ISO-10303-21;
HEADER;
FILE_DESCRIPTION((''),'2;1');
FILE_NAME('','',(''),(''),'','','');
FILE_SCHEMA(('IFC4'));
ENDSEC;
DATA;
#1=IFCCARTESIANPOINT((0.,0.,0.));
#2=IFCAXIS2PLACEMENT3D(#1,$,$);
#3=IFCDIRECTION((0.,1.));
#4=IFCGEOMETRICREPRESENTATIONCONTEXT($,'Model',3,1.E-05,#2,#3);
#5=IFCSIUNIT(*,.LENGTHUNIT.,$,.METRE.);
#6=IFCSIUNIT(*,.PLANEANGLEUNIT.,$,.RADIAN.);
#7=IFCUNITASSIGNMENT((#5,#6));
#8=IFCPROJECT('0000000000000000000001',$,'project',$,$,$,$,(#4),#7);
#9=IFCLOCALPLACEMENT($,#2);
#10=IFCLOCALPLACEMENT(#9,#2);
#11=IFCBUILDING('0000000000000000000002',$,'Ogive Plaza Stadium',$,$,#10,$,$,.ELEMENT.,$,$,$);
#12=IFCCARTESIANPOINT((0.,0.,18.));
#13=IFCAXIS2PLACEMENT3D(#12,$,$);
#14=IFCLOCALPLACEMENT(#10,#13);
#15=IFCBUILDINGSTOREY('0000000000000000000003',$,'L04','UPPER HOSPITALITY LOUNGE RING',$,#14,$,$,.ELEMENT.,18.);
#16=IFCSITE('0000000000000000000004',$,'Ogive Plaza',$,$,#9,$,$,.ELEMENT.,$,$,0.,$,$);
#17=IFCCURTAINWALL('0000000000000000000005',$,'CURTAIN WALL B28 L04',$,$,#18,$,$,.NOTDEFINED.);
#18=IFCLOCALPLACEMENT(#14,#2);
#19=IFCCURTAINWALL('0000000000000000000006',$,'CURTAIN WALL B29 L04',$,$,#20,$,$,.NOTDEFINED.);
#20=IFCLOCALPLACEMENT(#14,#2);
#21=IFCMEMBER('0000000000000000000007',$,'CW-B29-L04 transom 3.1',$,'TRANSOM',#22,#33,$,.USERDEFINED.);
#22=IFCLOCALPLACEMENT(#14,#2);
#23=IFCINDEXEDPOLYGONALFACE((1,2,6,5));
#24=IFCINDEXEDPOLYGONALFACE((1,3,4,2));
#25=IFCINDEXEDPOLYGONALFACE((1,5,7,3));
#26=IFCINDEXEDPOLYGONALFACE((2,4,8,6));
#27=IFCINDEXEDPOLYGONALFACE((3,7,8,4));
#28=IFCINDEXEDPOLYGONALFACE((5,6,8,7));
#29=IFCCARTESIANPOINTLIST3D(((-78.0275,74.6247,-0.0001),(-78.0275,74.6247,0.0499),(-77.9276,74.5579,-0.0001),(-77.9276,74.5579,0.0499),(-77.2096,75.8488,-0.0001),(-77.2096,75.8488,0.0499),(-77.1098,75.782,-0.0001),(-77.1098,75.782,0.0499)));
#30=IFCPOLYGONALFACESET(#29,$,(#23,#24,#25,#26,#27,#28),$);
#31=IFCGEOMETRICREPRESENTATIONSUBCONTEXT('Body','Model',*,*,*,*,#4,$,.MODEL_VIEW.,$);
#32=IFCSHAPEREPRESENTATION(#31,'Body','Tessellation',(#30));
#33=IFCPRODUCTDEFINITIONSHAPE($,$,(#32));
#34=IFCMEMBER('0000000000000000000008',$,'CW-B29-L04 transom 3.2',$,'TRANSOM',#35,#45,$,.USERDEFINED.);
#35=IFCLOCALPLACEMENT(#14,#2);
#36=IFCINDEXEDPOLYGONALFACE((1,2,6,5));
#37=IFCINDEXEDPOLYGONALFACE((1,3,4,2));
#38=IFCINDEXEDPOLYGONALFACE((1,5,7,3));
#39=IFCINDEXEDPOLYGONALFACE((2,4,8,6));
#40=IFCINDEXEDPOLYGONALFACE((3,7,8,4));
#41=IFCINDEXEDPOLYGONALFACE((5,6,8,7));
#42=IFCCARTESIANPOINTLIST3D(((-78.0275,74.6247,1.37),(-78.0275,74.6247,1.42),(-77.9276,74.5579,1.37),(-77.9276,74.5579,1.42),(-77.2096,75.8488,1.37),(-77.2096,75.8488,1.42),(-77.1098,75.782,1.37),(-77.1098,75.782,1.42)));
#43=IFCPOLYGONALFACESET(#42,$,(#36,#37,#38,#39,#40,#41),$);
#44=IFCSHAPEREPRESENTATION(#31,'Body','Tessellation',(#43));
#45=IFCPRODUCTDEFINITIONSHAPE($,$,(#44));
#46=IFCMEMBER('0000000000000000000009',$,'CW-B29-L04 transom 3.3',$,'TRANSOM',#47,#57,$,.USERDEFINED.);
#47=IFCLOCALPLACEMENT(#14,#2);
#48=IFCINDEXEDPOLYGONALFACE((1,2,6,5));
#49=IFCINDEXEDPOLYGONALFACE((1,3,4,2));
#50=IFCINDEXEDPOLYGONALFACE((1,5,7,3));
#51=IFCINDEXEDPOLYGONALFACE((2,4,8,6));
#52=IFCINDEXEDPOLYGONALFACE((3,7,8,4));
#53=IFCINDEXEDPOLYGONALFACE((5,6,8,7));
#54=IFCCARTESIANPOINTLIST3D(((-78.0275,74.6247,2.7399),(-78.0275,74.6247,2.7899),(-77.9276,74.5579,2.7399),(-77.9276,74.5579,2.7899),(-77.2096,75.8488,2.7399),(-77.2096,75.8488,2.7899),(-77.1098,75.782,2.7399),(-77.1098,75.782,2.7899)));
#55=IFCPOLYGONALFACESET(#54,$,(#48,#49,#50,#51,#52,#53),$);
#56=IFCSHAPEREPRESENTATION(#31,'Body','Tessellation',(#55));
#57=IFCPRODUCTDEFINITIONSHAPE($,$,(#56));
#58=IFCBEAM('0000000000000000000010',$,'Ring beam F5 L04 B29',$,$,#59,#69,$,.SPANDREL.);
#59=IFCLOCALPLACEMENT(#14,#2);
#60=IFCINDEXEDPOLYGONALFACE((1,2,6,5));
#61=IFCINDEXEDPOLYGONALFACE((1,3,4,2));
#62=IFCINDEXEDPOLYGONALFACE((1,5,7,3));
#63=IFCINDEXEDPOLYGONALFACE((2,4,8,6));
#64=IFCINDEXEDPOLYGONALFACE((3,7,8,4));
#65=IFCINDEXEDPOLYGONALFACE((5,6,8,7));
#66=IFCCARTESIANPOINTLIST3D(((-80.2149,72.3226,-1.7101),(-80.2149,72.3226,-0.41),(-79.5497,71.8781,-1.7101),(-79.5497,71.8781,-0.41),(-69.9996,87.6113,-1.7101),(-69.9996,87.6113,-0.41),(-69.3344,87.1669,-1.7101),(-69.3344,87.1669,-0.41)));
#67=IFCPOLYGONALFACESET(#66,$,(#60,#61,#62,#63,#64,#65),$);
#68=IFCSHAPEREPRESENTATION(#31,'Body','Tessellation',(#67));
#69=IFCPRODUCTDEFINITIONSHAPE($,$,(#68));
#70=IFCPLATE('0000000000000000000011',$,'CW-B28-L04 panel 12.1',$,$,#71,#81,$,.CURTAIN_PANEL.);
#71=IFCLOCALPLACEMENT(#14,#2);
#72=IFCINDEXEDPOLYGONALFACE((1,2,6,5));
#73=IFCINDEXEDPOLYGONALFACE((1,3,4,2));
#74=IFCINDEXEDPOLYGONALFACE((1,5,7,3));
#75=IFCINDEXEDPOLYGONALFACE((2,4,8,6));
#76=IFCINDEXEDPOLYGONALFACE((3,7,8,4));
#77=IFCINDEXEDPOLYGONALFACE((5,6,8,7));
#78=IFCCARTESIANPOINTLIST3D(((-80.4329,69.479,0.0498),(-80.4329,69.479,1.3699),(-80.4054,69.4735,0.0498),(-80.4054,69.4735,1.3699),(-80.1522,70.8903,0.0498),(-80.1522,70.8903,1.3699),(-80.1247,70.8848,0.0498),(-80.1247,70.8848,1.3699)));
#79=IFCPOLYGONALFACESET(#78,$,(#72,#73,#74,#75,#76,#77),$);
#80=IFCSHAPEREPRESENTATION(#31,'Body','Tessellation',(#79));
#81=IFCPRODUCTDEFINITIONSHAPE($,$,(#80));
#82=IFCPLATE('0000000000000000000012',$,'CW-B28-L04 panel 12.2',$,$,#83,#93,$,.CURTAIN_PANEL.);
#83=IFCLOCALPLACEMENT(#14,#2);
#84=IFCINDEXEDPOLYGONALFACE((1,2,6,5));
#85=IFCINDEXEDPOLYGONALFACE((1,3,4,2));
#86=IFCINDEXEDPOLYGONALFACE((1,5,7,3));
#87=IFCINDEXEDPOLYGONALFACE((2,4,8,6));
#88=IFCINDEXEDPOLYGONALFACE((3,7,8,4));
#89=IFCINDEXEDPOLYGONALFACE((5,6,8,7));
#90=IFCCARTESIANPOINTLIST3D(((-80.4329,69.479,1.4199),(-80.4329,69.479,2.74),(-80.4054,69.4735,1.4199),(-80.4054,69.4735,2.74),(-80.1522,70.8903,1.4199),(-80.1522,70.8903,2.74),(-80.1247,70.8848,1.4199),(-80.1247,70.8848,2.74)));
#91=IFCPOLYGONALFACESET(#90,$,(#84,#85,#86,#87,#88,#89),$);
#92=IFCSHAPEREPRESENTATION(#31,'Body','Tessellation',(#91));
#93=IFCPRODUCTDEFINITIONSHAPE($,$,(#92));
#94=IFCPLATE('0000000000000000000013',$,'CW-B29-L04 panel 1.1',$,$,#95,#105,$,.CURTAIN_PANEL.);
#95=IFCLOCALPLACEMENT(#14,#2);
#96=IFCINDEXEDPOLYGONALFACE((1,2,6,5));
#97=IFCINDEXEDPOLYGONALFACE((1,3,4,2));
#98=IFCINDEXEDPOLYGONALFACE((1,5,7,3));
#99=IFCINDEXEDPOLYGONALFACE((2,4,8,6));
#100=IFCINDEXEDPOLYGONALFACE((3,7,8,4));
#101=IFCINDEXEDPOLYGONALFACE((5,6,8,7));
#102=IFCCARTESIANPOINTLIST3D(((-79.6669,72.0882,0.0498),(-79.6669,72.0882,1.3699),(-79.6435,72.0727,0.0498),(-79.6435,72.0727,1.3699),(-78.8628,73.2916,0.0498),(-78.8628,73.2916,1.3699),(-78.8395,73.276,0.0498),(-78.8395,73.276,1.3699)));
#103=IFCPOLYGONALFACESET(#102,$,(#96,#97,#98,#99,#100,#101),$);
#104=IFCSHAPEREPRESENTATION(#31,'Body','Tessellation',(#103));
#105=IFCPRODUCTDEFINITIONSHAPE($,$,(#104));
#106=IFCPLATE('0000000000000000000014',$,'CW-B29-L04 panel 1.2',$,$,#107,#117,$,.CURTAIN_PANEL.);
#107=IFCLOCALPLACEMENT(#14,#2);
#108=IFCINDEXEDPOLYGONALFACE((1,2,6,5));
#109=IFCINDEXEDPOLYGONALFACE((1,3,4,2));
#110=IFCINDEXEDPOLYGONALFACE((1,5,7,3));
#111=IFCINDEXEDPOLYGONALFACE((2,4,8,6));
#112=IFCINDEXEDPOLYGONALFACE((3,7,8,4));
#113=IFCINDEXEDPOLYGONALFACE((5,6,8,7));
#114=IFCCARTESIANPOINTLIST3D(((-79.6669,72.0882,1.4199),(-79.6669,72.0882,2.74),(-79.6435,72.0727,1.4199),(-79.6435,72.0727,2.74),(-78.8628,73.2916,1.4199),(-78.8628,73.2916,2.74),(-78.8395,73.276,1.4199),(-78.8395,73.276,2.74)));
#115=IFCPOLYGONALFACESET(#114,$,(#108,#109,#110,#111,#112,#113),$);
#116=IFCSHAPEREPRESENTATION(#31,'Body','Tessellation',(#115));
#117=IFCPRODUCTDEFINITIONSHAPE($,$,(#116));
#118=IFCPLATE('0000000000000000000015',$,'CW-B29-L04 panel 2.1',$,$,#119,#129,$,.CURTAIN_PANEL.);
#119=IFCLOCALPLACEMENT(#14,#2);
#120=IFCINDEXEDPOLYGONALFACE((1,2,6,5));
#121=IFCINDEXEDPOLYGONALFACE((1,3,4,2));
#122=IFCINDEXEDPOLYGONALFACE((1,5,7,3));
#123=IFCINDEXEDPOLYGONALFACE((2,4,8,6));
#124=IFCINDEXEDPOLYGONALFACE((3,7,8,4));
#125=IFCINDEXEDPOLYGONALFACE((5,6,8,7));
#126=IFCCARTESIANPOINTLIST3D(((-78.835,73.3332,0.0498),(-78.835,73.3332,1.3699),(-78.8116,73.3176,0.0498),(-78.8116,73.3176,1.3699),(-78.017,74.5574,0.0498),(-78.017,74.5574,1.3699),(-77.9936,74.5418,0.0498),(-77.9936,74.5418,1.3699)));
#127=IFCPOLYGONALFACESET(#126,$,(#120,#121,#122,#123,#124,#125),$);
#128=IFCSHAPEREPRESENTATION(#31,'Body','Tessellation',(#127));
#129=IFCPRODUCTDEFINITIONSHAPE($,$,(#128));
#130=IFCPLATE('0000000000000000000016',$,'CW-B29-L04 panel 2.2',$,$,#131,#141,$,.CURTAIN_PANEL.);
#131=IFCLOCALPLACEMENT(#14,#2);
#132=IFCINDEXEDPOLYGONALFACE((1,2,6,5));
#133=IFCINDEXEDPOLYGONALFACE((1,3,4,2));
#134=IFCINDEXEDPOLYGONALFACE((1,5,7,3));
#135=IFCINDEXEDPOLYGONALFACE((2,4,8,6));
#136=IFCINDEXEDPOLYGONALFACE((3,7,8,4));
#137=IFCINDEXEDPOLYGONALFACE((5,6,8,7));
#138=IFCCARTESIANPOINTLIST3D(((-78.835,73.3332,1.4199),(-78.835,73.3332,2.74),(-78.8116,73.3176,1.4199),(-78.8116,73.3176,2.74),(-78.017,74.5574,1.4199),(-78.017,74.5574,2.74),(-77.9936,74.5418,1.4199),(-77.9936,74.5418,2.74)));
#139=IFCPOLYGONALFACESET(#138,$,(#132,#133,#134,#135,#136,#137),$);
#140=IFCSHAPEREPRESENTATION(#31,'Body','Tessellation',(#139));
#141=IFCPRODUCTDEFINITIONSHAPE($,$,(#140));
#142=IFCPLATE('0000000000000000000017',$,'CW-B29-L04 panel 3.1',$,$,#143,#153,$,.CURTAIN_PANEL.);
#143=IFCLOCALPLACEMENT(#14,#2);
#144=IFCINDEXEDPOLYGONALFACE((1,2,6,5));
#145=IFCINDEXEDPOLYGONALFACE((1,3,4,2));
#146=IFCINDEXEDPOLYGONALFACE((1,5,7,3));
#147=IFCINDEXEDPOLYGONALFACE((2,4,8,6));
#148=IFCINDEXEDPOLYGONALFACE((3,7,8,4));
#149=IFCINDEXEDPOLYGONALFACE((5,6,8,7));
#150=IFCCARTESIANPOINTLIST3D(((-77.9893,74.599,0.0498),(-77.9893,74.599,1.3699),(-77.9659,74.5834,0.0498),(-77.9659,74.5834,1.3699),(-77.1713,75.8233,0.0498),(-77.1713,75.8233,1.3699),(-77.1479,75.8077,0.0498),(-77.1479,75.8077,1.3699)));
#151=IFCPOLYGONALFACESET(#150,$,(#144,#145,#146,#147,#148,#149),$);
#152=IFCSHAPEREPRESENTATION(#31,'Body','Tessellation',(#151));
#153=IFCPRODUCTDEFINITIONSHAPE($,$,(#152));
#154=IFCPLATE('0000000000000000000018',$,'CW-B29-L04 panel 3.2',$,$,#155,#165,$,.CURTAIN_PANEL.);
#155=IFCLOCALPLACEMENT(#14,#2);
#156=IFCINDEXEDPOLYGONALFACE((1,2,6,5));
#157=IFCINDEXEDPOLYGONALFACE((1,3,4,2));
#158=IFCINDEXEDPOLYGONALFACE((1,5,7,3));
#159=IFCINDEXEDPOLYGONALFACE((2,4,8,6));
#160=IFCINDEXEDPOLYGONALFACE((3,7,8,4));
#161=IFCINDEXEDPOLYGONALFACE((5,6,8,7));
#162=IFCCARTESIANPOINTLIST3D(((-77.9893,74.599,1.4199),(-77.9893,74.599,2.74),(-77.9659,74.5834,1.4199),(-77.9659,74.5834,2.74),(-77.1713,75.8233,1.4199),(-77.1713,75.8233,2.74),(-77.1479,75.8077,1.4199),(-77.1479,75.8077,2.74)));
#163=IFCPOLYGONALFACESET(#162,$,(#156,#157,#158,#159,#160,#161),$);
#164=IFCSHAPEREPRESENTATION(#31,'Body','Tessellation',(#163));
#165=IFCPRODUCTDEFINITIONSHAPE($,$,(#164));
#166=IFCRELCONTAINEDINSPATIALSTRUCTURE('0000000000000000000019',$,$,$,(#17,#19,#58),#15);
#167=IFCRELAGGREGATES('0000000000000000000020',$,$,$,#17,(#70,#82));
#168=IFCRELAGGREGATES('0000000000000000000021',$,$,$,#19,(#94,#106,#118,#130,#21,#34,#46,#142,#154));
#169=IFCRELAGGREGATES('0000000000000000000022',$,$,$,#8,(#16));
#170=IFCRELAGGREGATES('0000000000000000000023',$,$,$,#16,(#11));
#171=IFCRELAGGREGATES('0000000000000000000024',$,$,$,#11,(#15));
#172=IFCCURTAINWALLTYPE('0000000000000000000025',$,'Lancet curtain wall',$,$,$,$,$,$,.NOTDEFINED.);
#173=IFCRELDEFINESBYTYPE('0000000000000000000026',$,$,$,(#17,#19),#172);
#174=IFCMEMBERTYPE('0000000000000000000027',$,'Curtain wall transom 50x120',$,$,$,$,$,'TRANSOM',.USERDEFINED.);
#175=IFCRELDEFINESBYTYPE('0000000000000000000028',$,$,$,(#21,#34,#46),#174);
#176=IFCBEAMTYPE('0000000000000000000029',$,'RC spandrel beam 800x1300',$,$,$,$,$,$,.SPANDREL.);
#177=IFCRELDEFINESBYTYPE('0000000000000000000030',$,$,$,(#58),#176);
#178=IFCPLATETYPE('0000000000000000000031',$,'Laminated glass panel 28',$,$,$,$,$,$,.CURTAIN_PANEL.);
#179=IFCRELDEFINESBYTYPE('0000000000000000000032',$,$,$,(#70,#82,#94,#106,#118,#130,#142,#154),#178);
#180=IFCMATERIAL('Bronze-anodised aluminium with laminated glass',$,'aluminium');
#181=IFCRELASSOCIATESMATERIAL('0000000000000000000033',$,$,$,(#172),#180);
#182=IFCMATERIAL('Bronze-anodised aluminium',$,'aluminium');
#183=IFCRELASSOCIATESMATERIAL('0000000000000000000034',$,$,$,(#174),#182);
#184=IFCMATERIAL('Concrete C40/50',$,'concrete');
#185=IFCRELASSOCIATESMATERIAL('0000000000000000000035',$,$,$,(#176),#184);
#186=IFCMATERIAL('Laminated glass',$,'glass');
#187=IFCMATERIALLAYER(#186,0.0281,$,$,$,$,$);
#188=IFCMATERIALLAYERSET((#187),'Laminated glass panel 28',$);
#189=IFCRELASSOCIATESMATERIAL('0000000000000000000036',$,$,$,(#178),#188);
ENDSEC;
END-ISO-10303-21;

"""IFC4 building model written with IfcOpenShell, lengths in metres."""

from ifc_helpers import new_model, si_unit, direction, frame, origin, origin_2d, place, context, subcontext, project, spatial, rectangle, extrude, material, layer, layer_set, material_profile, profile_set, type_object, element, aggregate, save


model = new_model("IFC4")

# Units and contexts
model_context = context("Model", 3, precision=1e-05, world=origin(), true_north=direction((0.0, 1.0)))
body_context = subcontext(model_context, "Body", "Model", "MODEL_VIEW")
ifc_project = project(units=[si_unit("LENGTHUNIT", "METRE"), si_unit("PLANEANGLEUNIT", "RADIAN")], contexts=[model_context])

# Site, building, storey
site_placement = place(None, origin())
site = spatial("IfcSite", under=ifc_project, at=site_placement, Name="Ogive Plaza", CompositionType="ELEMENT", RefElevation=0.0)
building_placement = place(site_placement, origin())
building = spatial("IfcBuilding", under=site, at=building_placement, Name="Ogive Plaza Stadium", CompositionType="ELEMENT")
storey_placement = place(building_placement, frame((0.0, 0.0, 18.0)))
storey = spatial("IfcBuildingStorey", under=building, at=storey_placement, Name="L04", Description="UPPER HOSPITALITY LOUNGE RING", CompositionType="ELEMENT", Elevation=18.0)

# Curtain wall
ifc_material_1 = material(Name="Bronze-anodised aluminium with laminated glass", Category="aluminium")
curtain_wall_type = type_object("IfcCurtainWallType", Name="Lancet curtain wall", PredefinedType="NOTDEFINED", material=ifc_material_1)
curtain_wall_1_placement = place(storey_placement, origin())
curtain_wall_1 = element("IfcCurtainWall", 1, at=curtain_wall_1_placement, inside=storey, type_object=curtain_wall_type, Name="CURTAIN WALL B28 L04", PredefinedType="NOTDEFINED")

# Curtain wall
curtain_wall_2_placement = place(storey_placement, origin())
curtain_wall_2 = element("IfcCurtainWall", 2, at=curtain_wall_2_placement, inside=storey, type_object=curtain_wall_type, Name="CURTAIN WALL B29 L04", PredefinedType="NOTDEFINED")

# Members
ifc_material_2 = material(Name="Bronze-anodised aluminium", Category="aluminium")
ifc_material_profile_1 = material_profile(ifc_material_2, rectangle(XDim=0.1201, YDim=0.05, at=origin_2d()), Name="AL 120x50")
ifc_profile_set_1 = profile_set([ifc_material_profile_1], Name="Bronze-anodised aluminium")
member_type_1 = type_object("IfcMemberType", Name="Curtain wall transom 50x120", ElementType="TRANSOM", PredefinedType="USERDEFINED", material=ifc_profile_set_1)
member_1_placement = place(storey_placement, frame((-77.9775, 74.5913, 0.0249), z_axis=(0.555542, 0.831489, 0.0), x_axis=(-0.831489, 0.555542, 0.0)))
member_1 = element("IfcMember", 3, at=member_1_placement, type_object=member_type_1, Name="CW-B29-L04 transom 3.1", ObjectType="TRANSOM", PredefinedType="USERDEFINED", context=body_context, shape_type="SweptSolid", body=[
    extrude(rectangle(XDim=0.1201, YDim=0.05, at=origin_2d()), origin(), (0.0, 0.0, 1.0), 1.4722),
])
member_2_placement = place(storey_placement, frame((-77.9775, 74.5913, 1.395), z_axis=(0.555542, 0.831489, 0.0), x_axis=(-0.831489, 0.555542, 0.0)))
member_2 = element("IfcMember", 4, at=member_2_placement, type_object=member_type_1, Name="CW-B29-L04 transom 3.2", ObjectType="TRANSOM", PredefinedType="USERDEFINED", context=body_context, shape_type="SweptSolid", body=[
    extrude(rectangle(XDim=0.1201, YDim=0.05, at=origin_2d()), origin(), (0.0, 0.0, 1.0), 1.4722),
])
member_3_placement = place(storey_placement, frame((-77.9775, 74.5913, 2.7649), z_axis=(0.555542, 0.831489, 0.0), x_axis=(-0.831489, 0.555542, 0.0)))
member_3 = element("IfcMember", 5, at=member_3_placement, type_object=member_type_1, Name="CW-B29-L04 transom 3.3", ObjectType="TRANSOM", PredefinedType="USERDEFINED", context=body_context, shape_type="SweptSolid", body=[
    extrude(rectangle(XDim=0.1201, YDim=0.05, at=origin_2d()), origin(), (0.0, 0.0, 1.0), 1.4722),
])

# Beam
ifc_material_3 = material(Name="Concrete C40/50", Category="concrete")
ifc_material_profile_2 = material_profile(ifc_material_3, rectangle(XDim=0.8, YDim=1.3, at=origin_2d()), Name="RC 800x1300")
ifc_profile_set_2 = profile_set([ifc_material_profile_2], Name="Concrete C40/50")
beam_type = type_object("IfcBeamType", Name="RC spandrel beam 800x1300", PredefinedType="SPANDREL", material=ifc_profile_set_2)
beam_placement = place(storey_placement, frame((-79.8823, 72.1003, -1.0601), z_axis=(0.555558, 0.831478, 0.0), x_axis=(-0.831478, 0.555558, 0.0)))
element("IfcBeam", 6, at=beam_placement, inside=storey, type_object=beam_type, Name="Ring beam F5 L04 B29", PredefinedType="SPANDREL", context=body_context, shape_type="SweptSolid", body=[
    extrude(rectangle(XDim=0.8, YDim=1.3, at=origin_2d()), origin(), (0.0, 0.0, 1.0), 18.3875),
])

# Plates
ifc_material_4 = material(Name="Laminated glass", Category="glass")
ifc_layer = layer(ifc_material_4, 0.0281)
ifc_layer_set = layer_set([ifc_layer], Name="Laminated glass panel 28")
plate_type = type_object("IfcPlateType", Name="Laminated glass panel 28", PredefinedType="CURTAIN_PANEL", material=ifc_layer_set)
plate_1_placement = place(storey_placement, frame((-80.2788, 70.1819, 0.0498), z_axis=(0.0, 0.0, 1.0), x_axis=(0.19509, 0.980785, 0.0)))
plate_1 = element("IfcPlate", 7, at=plate_1_placement, type_object=plate_type, Name="CW-B28-L04 panel 12.1", PredefinedType="CURTAIN_PANEL", context=body_context, shape_type="SweptSolid", body=[
    extrude(rectangle(XDim=1.439, YDim=0.0281, at=origin_2d()), origin(), (0.0, 0.0, 1.0), 1.3201),
])
plate_2_placement = place(storey_placement, frame((-80.2788, 70.1819, 1.4199), z_axis=(0.0, 0.0, 1.0), x_axis=(0.19509, 0.980785, 0.0)))
plate_2 = element("IfcPlate", 8, at=plate_2_placement, type_object=plate_type, Name="CW-B28-L04 panel 12.2", PredefinedType="CURTAIN_PANEL", context=body_context, shape_type="SweptSolid", body=[
    extrude(rectangle(XDim=1.439, YDim=0.0281, at=origin_2d()), origin(), (0.0, 0.0, 1.0), 1.3201),
])
aggregate(curtain_wall_1, [plate_1, plate_2])
plate_3_placement = place(storey_placement, frame((-79.2532, 72.6821, 0.0498), z_axis=(0.0, 0.0, 1.0), x_axis=(0.55557, 0.83147, 0.0)))
plate_3 = element("IfcPlate", 9, at=plate_3_placement, type_object=plate_type, Name="CW-B29-L04 panel 1.1", PredefinedType="CURTAIN_PANEL", context=body_context, shape_type="SweptSolid", body=[
    extrude(rectangle(XDim=1.4473, YDim=0.0281, at=origin_2d()), origin(), (0.0, 0.0, 1.0), 1.3201),
])
plate_4_placement = place(storey_placement, frame((-79.2532, 72.6821, 1.4199), z_axis=(0.0, 0.0, 1.0), x_axis=(0.55557, 0.83147, 0.0)))
plate_4 = element("IfcPlate", 10, at=plate_4_placement, type_object=plate_type, Name="CW-B29-L04 panel 1.2", PredefinedType="CURTAIN_PANEL", context=body_context, shape_type="SweptSolid", body=[
    extrude(rectangle(XDim=1.4473, YDim=0.0281, at=origin_2d()), origin(), (0.0, 0.0, 1.0), 1.3201),
])
plate_5_placement = place(storey_placement, frame((-78.4143, 73.9375, 0.0498), z_axis=(0.0, 0.0, 1.0), x_axis=(0.55557, 0.83147, 0.0)))
plate_5 = element("IfcPlate", 11, at=plate_5_placement, type_object=plate_type, Name="CW-B29-L04 panel 2.1", PredefinedType="CURTAIN_PANEL", context=body_context, shape_type="SweptSolid", body=[
    extrude(rectangle(XDim=1.4724, YDim=0.0281, at=origin_2d()), origin(), (0.0, 0.0, 1.0), 1.3201),
])
plate_6_placement = place(storey_placement, frame((-78.4143, 73.9375, 1.4199), z_axis=(0.0, 0.0, 1.0), x_axis=(0.55557, 0.83147, 0.0)))
plate_6 = element("IfcPlate", 12, at=plate_6_placement, type_object=plate_type, Name="CW-B29-L04 panel 2.2", PredefinedType="CURTAIN_PANEL", context=body_context, shape_type="SweptSolid", body=[
    extrude(rectangle(XDim=1.4724, YDim=0.0281, at=origin_2d()), origin(), (0.0, 0.0, 1.0), 1.3201),
])
plate_7_placement = place(storey_placement, frame((-77.5686, 75.2034, 0.0498), z_axis=(0.0, 0.0, 1.0), x_axis=(0.55557, 0.83147, 0.0)))
plate_7 = element("IfcPlate", 13, at=plate_7_placement, type_object=plate_type, Name="CW-B29-L04 panel 3.1", PredefinedType="CURTAIN_PANEL", context=body_context, shape_type="SweptSolid", body=[
    extrude(rectangle(XDim=1.4724, YDim=0.0281, at=origin_2d()), origin(), (0.0, 0.0, 1.0), 1.3201),
])
plate_8_placement = place(storey_placement, frame((-77.5686, 75.2034, 1.4199), z_axis=(0.0, 0.0, 1.0), x_axis=(0.55557, 0.83147, 0.0)))
plate_8 = element("IfcPlate", 14, at=plate_8_placement, type_object=plate_type, Name="CW-B29-L04 panel 3.2", PredefinedType="CURTAIN_PANEL", context=body_context, shape_type="SweptSolid", body=[
    extrude(rectangle(XDim=1.4724, YDim=0.0281, at=origin_2d()), origin(), (0.0, 0.0, 1.0), 1.3201),
])
aggregate(curtain_wall_2, [plate_3, plate_4, plate_5, plate_6, member_1, member_2, member_3, plate_7, plate_8])

save(model, "model.ifc")
